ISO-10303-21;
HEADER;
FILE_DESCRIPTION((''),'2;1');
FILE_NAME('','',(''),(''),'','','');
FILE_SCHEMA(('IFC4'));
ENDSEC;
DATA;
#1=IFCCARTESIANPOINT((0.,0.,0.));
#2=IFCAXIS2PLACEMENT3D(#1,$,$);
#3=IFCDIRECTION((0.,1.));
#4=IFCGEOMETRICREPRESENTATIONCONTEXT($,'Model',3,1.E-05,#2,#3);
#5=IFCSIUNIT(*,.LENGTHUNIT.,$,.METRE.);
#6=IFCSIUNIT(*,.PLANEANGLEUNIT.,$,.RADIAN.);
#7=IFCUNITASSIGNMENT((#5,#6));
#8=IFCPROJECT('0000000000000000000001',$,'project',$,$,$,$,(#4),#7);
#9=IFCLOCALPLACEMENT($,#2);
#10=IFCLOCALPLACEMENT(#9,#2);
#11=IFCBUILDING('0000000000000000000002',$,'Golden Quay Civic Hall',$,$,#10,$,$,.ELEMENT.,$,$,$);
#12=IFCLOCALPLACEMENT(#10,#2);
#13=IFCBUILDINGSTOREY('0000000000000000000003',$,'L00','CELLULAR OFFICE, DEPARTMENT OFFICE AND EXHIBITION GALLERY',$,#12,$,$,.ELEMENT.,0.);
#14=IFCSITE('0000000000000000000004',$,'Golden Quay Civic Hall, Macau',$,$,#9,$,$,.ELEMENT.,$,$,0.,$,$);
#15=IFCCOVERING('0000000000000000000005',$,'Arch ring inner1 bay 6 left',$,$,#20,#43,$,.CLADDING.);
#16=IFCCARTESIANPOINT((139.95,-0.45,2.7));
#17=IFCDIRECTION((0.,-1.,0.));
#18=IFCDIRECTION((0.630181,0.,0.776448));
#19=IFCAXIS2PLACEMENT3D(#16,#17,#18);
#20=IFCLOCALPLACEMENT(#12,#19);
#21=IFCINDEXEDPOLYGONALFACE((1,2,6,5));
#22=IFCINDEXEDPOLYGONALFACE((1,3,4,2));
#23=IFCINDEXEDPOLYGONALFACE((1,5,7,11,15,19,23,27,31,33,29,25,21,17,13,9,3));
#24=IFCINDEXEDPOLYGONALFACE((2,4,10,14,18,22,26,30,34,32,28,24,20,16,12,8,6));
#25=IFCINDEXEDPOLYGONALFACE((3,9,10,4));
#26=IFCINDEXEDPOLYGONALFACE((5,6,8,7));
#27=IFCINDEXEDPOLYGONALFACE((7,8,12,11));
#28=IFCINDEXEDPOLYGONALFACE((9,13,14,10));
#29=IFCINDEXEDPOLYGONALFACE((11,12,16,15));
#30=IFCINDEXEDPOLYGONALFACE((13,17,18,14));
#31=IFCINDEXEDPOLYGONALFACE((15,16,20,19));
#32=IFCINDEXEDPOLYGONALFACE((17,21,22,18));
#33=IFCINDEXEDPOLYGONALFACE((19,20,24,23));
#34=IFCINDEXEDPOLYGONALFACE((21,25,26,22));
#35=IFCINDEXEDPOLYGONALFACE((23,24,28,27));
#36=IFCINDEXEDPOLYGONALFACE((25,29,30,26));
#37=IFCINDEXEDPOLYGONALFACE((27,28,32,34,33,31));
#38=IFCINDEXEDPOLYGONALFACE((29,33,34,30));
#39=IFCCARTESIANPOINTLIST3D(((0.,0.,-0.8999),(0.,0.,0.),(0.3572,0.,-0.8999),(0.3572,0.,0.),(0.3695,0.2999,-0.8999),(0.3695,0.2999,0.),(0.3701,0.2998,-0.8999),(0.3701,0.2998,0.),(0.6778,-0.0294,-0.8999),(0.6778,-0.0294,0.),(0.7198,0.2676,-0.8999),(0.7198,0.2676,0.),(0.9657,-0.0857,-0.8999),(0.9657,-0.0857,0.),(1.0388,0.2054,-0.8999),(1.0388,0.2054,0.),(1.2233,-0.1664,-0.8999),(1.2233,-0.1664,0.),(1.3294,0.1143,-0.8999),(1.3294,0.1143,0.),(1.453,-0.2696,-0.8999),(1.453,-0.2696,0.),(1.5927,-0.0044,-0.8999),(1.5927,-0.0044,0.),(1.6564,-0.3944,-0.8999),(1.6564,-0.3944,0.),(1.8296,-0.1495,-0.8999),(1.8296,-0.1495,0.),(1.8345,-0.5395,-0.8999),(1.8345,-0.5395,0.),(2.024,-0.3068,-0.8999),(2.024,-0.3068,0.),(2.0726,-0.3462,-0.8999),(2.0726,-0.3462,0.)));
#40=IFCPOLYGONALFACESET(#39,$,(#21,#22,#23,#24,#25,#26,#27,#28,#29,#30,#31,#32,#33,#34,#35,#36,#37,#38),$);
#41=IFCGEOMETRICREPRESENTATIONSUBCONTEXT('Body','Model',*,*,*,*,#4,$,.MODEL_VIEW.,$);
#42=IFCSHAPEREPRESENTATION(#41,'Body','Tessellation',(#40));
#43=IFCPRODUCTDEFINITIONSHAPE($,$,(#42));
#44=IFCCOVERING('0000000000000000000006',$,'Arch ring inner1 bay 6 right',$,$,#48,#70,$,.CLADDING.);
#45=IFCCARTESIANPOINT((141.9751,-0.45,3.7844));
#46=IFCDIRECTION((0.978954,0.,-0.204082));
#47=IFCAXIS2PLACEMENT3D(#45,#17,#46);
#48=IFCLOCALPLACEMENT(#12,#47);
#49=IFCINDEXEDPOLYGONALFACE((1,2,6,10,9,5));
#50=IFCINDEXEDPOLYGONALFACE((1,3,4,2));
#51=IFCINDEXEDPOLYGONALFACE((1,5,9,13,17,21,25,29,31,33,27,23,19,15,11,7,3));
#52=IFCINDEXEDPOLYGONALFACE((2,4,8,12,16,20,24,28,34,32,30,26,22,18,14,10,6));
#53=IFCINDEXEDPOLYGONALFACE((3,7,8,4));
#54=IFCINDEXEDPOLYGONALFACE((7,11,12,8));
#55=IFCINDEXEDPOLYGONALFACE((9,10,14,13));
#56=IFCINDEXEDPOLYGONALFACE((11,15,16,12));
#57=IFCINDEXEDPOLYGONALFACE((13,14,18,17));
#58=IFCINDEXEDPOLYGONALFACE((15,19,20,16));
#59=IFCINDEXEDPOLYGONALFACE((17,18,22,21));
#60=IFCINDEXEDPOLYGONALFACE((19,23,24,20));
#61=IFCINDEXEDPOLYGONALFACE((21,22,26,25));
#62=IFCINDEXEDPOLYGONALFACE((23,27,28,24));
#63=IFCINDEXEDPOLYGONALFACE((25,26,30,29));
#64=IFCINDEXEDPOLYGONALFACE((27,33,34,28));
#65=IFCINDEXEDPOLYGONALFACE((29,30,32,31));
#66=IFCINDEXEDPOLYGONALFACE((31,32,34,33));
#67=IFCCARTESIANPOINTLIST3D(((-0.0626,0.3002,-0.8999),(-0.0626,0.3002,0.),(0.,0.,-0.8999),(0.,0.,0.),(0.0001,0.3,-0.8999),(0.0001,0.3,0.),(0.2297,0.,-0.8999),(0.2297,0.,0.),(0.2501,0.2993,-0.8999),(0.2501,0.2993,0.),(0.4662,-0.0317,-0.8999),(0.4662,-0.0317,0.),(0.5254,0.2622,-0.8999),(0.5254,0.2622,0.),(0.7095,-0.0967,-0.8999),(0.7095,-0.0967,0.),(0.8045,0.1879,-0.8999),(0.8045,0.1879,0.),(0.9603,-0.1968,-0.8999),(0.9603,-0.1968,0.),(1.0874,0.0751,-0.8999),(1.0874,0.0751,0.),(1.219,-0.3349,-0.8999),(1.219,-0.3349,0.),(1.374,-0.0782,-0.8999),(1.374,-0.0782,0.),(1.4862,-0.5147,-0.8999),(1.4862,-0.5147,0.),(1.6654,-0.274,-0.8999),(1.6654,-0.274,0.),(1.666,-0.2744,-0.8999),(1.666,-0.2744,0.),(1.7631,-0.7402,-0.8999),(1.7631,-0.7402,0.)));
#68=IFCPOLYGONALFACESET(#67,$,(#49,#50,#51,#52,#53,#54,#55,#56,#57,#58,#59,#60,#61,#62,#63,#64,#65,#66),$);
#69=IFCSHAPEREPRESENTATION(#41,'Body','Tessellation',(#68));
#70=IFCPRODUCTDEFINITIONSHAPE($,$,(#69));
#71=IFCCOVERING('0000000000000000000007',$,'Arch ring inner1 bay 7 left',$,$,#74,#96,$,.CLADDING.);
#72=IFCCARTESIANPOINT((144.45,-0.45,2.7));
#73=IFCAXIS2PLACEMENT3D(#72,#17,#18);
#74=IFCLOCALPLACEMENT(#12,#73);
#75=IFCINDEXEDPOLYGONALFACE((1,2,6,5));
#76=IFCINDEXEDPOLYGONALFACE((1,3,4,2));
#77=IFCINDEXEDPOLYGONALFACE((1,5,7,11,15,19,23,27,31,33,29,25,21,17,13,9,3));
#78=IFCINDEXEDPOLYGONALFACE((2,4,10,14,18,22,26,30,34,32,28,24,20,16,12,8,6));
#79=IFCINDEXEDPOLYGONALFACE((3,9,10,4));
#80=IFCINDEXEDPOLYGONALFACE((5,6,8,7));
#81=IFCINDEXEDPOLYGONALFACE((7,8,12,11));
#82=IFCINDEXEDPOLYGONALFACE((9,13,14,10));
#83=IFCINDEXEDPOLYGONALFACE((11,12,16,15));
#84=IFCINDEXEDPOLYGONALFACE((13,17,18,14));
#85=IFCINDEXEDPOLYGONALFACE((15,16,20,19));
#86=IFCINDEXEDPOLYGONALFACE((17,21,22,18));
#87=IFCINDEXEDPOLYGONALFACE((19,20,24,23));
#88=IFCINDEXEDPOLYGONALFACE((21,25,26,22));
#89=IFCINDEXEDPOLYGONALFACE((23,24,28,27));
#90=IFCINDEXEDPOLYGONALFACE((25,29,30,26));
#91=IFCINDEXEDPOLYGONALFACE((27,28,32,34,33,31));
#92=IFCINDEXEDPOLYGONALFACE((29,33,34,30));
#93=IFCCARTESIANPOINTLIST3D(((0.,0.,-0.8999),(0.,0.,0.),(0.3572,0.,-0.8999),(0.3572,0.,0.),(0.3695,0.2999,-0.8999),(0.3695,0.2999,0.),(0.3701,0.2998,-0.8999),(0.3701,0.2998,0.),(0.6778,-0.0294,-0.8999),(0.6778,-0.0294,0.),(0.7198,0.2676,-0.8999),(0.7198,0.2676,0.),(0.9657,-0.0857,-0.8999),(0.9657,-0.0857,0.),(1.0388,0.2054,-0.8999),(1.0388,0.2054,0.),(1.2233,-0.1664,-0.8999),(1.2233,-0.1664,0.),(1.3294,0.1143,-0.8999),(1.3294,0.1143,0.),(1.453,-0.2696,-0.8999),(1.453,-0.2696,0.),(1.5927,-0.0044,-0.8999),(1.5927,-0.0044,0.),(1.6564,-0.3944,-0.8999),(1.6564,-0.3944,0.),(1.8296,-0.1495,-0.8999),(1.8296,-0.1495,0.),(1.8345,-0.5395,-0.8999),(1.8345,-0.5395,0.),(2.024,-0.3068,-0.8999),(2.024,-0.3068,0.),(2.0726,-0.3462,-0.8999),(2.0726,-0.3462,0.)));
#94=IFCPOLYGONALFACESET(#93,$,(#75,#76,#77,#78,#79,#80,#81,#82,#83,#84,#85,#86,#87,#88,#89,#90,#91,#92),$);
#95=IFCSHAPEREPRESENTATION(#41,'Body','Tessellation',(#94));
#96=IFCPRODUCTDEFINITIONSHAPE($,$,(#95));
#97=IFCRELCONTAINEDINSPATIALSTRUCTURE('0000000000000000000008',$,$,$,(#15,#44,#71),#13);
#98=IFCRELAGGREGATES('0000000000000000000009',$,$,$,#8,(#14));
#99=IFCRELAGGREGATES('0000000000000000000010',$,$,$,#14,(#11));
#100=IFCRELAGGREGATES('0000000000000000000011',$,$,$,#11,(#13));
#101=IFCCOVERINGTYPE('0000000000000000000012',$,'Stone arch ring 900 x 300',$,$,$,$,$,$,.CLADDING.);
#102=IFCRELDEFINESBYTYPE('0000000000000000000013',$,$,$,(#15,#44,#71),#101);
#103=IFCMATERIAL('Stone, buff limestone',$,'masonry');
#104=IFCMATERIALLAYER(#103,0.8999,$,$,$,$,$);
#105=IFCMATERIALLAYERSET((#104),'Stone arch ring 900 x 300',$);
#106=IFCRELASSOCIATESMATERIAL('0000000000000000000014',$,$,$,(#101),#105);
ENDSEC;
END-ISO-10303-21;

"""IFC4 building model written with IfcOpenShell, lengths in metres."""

from ifc_helpers import new_model, si_unit, direction, frame, origin, place, context, subcontext, project, spatial, polyline, outline, extrude, material, layer, layer_set, type_object, element, save


model = new_model("IFC4")

# Units and contexts
model_context = context("Model", 3, precision=1e-05, world=origin(), true_north=direction((0.0, 1.0)))
body_context = subcontext(model_context, "Body", "Model", "MODEL_VIEW")
ifc_project = project(units=[si_unit("LENGTHUNIT", "METRE"), si_unit("PLANEANGLEUNIT", "RADIAN")], contexts=[model_context])

# Site, building, storey
site_placement = place(None, origin())
site = spatial("IfcSite", under=ifc_project, at=site_placement, Name="Golden Quay Civic Hall, Macau", CompositionType="ELEMENT", RefElevation=0.0)
building_placement = place(site_placement, origin())
building = spatial("IfcBuilding", under=site, at=building_placement, Name="Golden Quay Civic Hall", CompositionType="ELEMENT")
storey_placement = place(building_placement, origin())
storey = spatial("IfcBuildingStorey", under=building, at=storey_placement, Name="L00", Description="CELLULAR OFFICE, DEPARTMENT OFFICE AND EXHIBITION GALLERY", CompositionType="ELEMENT", Elevation=0.0)

# Coverings
ifc_material_1 = material(Name="Stone, buff limestone", Category="masonry")
ifc_layer_1 = layer(ifc_material_1, 0.8999)
ifc_layer_set_1 = layer_set([ifc_layer_1], Name="Stone arch ring 900 x 300")
covering_type_1 = type_object("IfcCoveringType", Name="Stone arch ring 900 x 300", PredefinedType="CLADDING", material=ifc_layer_set_1)
covering_1_placement = place(storey_placement, frame((139.95, -0.45, 2.7), z_axis=(0.0, -1.0, 0.0), x_axis=(0.630181, 0.0, 0.776448)))
element("IfcCovering", 1, at=covering_1_placement, inside=storey, type_object=covering_type_1, Name="Arch ring inner1 bay 6 left", PredefinedType="CLADDING", context=body_context, shape_type="SweptSolid", body=[
    extrude(outline(polyline([(0.0, 0.0), (0.3572, 0.0), (0.6778, -0.0294), (0.9657, -0.0857), (1.2233, -0.1664), (1.453, -0.2696), (1.6564, -0.3944), (1.8345, -0.5395), (2.0726, -0.3462), (2.024, -0.3068), (1.8296, -0.1495), (1.5927, -0.0044), (1.3294, 0.1143), (1.0388, 0.2054), (0.7198, 0.2676), (0.3701, 0.2998), (0.3695, 0.2999), (0.0, 0.0)])), origin(), (0.0, 0.0, -1.0), 0.8999),
])
covering_2_placement = place(storey_placement, frame((141.9751, -0.45, 3.7844), z_axis=(0.0, -1.0, 0.0), x_axis=(0.978954, 0.0, -0.204082)))
element("IfcCovering", 2, at=covering_2_placement, inside=storey, type_object=covering_type_1, Name="Arch ring inner1 bay 6 right", PredefinedType="CLADDING", context=body_context, shape_type="SweptSolid", body=[
    extrude(outline(polyline([(0.0, 0.0), (0.2297, 0.0), (0.4662, -0.0317), (0.7095, -0.0967), (0.9603, -0.1968), (1.219, -0.3349), (1.4862, -0.5147), (1.7631, -0.7402), (1.666, -0.2744), (1.6654, -0.274), (1.374, -0.0782), (1.0874, 0.0751), (0.8045, 0.1879), (0.5254, 0.2622), (0.2501, 0.2993), (0.0001, 0.3), (-0.0626, 0.3002), (0.0, 0.0)])), origin(), (0.0, 0.0, -1.0), 0.8999),
])
covering_3_placement = place(storey_placement, frame((144.45, -0.45, 2.7), z_axis=(0.0, -1.0, 0.0), x_axis=(0.630181, 0.0, 0.776448)))
element("IfcCovering", 3, at=covering_3_placement, inside=storey, type_object=covering_type_1, Name="Arch ring inner1 bay 7 left", PredefinedType="CLADDING", context=body_context, shape_type="SweptSolid", body=[
    extrude(outline(polyline([(0.0, 0.0), (0.3572, 0.0), (0.6778, -0.0294), (0.9657, -0.0857), (1.2233, -0.1664), (1.453, -0.2696), (1.6564, -0.3944), (1.8345, -0.5395), (2.0726, -0.3462), (2.024, -0.3068), (1.8296, -0.1495), (1.5927, -0.0044), (1.3294, 0.1143), (1.0388, 0.2054), (0.7198, 0.2676), (0.3701, 0.2998), (0.3695, 0.2999), (0.0, 0.0)])), origin(), (0.0, 0.0, -1.0), 0.8999),
])

save(model, "model.ifc")
